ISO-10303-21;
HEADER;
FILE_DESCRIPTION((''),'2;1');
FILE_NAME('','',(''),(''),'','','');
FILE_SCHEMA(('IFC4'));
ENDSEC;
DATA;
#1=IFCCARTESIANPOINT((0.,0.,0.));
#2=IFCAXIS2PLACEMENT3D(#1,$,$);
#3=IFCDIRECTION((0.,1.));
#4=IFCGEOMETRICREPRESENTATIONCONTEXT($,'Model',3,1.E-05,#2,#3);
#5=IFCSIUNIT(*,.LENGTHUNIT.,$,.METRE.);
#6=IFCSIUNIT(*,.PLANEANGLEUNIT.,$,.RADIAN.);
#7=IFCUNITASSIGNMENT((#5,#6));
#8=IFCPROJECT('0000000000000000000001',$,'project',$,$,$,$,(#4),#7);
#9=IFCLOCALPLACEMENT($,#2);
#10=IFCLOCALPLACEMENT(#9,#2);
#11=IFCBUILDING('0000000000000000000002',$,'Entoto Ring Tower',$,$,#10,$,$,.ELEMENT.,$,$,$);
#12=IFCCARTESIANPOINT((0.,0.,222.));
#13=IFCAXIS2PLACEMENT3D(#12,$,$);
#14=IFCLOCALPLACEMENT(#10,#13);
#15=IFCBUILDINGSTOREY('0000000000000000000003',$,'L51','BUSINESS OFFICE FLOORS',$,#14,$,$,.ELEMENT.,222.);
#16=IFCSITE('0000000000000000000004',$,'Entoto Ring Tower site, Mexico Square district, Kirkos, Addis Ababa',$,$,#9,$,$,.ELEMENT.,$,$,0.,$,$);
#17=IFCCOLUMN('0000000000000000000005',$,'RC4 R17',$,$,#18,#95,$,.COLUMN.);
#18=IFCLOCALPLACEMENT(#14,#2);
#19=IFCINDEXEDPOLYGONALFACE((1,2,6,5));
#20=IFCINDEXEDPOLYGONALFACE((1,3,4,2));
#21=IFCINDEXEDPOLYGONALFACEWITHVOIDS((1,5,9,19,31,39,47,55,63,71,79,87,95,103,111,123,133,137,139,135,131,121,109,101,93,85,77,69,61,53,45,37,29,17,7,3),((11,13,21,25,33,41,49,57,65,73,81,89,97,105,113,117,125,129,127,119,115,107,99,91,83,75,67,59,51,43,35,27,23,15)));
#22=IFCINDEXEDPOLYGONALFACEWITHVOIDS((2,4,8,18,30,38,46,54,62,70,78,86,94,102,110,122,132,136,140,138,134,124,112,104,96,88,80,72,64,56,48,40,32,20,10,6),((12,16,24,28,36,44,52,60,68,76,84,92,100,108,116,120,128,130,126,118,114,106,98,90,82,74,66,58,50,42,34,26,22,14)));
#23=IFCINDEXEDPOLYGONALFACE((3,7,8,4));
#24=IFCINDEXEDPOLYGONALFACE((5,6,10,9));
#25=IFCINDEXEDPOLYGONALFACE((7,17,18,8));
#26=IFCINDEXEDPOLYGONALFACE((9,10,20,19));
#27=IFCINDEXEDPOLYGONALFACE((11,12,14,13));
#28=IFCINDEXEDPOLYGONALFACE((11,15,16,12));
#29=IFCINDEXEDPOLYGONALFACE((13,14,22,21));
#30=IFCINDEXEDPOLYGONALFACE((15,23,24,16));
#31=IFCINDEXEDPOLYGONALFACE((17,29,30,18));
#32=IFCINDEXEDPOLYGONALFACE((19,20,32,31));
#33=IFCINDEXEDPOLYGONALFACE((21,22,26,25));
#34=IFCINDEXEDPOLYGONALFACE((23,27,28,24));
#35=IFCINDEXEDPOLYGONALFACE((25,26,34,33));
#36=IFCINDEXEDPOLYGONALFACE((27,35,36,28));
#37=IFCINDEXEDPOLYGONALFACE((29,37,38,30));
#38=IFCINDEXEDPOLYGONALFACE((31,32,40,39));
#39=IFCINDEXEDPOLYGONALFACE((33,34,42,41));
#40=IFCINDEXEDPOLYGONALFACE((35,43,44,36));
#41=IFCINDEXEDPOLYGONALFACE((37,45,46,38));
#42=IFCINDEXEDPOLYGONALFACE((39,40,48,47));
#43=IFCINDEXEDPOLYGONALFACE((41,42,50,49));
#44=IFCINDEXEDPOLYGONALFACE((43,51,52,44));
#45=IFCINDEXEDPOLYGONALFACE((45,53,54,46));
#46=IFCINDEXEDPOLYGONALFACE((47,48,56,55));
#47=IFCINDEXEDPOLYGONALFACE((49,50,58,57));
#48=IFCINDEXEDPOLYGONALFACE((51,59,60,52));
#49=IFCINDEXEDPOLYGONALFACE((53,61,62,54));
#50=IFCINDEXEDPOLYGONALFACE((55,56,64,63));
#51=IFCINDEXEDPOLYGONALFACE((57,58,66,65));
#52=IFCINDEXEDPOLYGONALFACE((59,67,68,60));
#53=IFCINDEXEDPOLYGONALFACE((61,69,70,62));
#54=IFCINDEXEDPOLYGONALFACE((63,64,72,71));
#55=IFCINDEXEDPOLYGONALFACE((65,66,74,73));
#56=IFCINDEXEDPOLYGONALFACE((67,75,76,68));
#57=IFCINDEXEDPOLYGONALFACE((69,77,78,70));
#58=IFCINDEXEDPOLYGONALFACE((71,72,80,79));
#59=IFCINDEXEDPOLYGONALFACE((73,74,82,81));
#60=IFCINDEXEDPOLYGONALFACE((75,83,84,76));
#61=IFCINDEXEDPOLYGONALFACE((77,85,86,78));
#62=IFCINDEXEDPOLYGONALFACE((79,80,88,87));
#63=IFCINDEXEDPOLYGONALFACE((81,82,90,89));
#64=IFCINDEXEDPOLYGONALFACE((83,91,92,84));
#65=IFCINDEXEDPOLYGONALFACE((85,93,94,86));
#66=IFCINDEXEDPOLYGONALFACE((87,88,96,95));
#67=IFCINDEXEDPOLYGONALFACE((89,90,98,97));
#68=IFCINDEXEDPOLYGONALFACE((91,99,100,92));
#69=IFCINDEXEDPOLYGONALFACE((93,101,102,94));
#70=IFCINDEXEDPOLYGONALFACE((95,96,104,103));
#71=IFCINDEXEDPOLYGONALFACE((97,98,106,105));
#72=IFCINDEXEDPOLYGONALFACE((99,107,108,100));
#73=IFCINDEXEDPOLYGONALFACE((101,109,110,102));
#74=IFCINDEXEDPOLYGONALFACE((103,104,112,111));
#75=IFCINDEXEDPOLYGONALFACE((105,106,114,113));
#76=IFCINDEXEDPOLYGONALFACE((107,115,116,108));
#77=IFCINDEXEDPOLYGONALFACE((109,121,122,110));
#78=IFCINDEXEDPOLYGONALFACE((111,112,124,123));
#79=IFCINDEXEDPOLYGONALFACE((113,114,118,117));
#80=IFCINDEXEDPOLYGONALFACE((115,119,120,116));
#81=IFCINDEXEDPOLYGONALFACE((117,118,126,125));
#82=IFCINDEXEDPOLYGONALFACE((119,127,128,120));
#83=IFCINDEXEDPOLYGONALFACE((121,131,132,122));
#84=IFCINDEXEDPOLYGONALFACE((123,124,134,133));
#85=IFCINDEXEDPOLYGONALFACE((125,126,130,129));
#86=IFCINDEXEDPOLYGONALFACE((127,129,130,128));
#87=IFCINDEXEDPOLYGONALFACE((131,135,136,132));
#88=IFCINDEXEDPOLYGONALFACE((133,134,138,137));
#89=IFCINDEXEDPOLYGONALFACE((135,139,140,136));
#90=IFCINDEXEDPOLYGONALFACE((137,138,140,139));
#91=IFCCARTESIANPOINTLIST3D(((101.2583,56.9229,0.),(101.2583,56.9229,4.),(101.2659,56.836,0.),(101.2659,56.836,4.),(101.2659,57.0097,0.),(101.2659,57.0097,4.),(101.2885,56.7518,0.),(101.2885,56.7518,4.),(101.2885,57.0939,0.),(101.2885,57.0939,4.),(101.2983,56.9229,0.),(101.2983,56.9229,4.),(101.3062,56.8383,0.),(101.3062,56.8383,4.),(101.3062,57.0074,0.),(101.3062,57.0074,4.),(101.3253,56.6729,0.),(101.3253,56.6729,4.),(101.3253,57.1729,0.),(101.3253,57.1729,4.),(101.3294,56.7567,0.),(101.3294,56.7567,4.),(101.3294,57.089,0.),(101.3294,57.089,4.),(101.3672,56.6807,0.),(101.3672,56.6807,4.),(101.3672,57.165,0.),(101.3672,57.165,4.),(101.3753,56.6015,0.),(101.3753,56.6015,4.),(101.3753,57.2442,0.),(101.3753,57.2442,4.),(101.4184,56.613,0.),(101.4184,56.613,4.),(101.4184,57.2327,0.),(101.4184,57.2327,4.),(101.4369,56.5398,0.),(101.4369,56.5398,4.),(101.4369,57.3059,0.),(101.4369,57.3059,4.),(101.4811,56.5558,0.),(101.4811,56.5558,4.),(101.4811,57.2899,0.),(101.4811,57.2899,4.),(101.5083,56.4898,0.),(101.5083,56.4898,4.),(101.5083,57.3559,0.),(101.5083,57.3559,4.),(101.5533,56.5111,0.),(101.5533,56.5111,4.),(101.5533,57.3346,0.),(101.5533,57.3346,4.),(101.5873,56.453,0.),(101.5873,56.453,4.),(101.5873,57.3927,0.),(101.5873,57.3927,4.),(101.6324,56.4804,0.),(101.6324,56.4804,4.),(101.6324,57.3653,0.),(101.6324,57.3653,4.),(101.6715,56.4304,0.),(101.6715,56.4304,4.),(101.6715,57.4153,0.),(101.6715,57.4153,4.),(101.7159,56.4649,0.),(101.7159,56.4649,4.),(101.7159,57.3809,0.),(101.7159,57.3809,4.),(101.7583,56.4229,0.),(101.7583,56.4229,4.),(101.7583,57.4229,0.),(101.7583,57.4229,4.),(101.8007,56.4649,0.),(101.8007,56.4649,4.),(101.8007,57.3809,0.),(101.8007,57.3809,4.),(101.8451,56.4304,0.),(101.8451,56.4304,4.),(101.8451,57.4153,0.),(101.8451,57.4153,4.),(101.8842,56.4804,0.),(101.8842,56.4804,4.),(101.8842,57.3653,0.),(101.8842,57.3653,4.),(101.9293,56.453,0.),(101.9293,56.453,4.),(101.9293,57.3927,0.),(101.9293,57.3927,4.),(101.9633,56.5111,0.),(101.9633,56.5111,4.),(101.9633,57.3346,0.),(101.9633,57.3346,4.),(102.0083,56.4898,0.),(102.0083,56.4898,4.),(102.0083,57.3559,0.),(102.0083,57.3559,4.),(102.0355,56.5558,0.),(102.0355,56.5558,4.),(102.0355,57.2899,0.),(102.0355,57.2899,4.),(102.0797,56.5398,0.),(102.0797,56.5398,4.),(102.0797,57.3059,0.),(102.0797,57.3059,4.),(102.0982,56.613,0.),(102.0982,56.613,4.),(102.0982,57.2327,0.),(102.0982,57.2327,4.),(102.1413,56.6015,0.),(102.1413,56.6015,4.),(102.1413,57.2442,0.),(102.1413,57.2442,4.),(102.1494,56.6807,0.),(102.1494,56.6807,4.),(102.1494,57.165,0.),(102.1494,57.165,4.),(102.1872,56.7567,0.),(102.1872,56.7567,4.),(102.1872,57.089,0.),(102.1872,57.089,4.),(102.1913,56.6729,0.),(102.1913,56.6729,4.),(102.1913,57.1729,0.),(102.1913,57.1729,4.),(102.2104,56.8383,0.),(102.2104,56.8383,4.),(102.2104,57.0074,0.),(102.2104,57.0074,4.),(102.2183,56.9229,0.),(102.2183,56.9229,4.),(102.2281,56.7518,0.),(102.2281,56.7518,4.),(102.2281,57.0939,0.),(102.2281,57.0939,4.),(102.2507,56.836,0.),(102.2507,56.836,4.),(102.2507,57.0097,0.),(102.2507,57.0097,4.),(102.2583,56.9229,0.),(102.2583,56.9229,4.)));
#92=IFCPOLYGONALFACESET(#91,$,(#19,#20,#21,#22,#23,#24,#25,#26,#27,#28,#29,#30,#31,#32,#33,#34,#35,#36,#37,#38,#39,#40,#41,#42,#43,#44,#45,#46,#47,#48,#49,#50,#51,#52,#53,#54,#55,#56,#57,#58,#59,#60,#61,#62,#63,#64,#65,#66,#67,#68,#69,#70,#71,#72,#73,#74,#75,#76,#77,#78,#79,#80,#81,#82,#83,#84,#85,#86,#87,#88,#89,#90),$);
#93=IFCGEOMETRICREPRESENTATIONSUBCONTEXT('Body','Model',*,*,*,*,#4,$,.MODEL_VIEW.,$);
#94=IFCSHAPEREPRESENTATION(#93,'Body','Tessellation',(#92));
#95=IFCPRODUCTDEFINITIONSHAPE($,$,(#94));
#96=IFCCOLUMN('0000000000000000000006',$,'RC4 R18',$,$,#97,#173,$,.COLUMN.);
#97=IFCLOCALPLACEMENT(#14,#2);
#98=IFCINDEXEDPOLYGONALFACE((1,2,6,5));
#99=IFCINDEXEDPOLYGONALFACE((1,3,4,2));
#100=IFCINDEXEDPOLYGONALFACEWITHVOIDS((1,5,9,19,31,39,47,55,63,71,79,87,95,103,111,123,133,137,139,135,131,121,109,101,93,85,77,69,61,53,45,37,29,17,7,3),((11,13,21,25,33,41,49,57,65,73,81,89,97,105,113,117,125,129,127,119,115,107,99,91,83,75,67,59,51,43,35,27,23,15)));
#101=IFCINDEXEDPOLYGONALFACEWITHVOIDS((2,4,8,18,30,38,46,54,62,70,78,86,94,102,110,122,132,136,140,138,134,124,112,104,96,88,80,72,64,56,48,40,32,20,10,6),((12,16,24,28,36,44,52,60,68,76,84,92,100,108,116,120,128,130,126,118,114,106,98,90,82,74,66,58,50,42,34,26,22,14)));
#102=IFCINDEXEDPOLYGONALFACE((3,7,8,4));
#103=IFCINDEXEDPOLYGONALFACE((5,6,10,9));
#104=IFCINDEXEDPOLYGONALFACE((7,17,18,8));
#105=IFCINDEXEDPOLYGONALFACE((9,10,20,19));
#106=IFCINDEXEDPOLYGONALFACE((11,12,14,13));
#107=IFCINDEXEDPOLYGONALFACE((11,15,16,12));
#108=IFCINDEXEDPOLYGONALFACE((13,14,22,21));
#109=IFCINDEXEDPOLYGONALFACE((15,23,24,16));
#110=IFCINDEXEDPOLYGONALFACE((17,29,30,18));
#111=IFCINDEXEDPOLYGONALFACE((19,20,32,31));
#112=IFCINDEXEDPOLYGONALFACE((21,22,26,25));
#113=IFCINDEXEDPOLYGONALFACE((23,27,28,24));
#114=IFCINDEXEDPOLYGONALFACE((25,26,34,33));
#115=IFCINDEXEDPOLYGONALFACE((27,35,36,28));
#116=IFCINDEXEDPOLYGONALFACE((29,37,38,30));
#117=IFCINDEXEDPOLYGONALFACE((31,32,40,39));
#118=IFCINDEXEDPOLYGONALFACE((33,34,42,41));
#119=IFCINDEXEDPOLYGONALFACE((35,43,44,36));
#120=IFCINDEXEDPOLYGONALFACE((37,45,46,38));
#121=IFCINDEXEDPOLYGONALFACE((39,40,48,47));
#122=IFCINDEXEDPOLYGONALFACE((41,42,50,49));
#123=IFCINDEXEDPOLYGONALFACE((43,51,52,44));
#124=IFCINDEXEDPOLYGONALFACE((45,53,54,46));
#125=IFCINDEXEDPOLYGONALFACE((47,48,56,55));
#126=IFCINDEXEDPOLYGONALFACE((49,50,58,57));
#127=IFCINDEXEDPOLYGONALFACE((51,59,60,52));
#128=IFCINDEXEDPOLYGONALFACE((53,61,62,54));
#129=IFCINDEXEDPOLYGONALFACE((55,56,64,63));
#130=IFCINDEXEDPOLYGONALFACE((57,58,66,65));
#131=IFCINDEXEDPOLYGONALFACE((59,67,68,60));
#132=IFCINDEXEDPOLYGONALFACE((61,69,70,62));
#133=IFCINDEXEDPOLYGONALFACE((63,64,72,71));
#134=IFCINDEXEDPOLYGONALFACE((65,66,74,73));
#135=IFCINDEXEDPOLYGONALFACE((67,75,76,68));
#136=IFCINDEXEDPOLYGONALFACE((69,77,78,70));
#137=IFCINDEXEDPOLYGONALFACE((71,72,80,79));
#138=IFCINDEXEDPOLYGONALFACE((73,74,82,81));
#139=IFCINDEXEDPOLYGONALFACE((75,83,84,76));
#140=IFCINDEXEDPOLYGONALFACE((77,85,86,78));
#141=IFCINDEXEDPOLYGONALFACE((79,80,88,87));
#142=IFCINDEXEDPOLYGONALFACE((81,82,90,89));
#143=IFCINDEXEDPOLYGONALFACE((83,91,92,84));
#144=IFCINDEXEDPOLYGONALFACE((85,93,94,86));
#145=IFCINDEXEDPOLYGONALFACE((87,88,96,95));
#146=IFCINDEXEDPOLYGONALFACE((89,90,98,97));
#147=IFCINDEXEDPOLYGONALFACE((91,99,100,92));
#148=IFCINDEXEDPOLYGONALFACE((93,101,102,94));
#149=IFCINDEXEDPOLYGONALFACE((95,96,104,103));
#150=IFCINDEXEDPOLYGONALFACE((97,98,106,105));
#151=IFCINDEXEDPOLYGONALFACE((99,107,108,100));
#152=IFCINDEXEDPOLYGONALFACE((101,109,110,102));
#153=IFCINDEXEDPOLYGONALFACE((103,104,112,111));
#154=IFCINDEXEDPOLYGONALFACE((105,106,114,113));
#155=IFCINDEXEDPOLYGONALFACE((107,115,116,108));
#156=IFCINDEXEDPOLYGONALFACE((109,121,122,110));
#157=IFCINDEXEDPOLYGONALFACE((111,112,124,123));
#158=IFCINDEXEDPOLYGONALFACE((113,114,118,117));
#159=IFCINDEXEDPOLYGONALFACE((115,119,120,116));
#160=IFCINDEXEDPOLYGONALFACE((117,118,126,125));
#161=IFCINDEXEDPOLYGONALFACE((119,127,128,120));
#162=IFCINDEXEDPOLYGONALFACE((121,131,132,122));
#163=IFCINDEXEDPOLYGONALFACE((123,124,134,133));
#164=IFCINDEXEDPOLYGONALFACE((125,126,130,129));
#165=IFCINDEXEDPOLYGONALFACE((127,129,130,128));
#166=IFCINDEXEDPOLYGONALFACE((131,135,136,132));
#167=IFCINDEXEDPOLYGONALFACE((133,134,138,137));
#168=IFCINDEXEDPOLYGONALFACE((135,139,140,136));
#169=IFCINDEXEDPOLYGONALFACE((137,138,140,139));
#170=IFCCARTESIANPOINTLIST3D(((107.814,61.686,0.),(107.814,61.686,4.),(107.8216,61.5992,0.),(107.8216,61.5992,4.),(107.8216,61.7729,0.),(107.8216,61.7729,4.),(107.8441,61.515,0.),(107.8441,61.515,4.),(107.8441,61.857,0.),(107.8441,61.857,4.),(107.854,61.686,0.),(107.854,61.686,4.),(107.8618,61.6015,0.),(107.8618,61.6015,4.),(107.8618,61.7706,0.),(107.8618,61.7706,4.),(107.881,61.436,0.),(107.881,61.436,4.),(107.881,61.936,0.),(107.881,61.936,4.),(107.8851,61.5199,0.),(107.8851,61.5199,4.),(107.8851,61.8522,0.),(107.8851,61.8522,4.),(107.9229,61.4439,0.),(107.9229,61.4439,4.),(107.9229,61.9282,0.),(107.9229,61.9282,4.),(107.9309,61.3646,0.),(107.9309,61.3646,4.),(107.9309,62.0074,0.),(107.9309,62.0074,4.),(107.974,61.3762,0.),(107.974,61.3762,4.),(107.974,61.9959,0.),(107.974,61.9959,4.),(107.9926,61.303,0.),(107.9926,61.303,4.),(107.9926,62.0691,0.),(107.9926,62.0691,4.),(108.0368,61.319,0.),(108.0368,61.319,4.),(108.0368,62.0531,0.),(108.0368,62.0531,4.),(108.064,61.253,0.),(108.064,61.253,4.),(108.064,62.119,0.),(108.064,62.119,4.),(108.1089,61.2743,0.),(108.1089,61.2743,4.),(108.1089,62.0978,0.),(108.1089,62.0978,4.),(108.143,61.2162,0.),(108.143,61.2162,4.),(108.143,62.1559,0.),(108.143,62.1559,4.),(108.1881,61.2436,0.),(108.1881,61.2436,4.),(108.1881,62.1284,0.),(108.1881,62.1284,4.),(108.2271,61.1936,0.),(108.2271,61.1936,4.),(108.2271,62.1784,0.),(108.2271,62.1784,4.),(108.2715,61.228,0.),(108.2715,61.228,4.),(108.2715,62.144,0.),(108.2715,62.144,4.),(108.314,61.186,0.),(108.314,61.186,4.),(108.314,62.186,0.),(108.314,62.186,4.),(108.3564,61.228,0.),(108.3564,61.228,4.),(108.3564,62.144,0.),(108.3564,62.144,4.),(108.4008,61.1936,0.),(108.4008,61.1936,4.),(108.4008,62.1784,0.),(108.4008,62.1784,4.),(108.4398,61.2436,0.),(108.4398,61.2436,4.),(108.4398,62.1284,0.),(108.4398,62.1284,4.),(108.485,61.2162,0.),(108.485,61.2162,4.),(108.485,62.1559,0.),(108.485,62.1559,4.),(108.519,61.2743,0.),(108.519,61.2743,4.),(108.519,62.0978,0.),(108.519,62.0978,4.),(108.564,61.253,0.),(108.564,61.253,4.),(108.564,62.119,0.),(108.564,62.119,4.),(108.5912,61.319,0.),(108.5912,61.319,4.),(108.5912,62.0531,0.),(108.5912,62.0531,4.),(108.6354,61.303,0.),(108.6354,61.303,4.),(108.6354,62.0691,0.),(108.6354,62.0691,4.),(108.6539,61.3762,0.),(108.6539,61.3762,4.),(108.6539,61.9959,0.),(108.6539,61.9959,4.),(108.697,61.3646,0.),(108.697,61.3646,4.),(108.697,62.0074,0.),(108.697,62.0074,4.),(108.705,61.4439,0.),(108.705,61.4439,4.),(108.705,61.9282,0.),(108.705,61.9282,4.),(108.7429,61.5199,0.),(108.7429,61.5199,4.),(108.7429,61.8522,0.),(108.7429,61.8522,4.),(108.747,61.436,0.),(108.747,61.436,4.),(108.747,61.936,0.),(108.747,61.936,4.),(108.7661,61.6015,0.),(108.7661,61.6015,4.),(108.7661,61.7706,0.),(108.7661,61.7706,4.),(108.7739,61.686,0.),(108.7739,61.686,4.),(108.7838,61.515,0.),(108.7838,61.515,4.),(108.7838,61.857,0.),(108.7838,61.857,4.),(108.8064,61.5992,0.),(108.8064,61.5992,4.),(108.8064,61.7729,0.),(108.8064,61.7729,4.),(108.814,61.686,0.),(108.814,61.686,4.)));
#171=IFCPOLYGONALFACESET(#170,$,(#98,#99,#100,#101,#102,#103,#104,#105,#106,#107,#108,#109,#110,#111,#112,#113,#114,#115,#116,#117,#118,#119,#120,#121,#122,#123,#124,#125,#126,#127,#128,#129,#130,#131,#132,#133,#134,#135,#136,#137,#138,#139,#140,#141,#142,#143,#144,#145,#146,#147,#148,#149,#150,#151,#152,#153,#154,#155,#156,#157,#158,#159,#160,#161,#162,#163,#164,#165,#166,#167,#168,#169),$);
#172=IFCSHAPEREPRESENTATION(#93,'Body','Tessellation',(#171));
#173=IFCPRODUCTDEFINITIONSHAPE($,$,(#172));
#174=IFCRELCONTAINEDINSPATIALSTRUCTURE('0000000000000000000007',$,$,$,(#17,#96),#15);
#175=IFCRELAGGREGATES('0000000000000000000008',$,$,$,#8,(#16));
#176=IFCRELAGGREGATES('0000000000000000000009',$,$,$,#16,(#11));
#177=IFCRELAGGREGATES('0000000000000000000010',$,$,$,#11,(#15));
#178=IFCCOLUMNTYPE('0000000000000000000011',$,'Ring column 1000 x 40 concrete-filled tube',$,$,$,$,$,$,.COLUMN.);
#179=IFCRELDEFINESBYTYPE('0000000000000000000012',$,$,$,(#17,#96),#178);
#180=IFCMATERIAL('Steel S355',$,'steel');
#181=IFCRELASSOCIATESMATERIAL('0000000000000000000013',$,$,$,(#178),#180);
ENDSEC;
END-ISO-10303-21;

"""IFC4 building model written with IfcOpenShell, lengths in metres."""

from ifc_helpers import new_model, si_unit, direction, frame, origin, origin_2d, place, context, subcontext, project, spatial, circle, hollow_circle, extrude, material, material_profile, profile_set, type_object, element, save


model = new_model("IFC4")

# Units and contexts
model_context = context("Model", 3, precision=1e-05, world=origin(), true_north=direction((0.0, 1.0)))
body_context = subcontext(model_context, "Body", "Model", "MODEL_VIEW")
ifc_project = project(units=[si_unit("LENGTHUNIT", "METRE"), si_unit("PLANEANGLEUNIT", "RADIAN")], contexts=[model_context])

# Site, building, storey
site_placement = place(None, origin())
site = spatial("IfcSite", under=ifc_project, at=site_placement, Name="Entoto Ring Tower site, Mexico Square district, Kirkos, Addis Ababa", CompositionType="ELEMENT", RefElevation=0.0)
building_placement = place(site_placement, origin())
building = spatial("IfcBuilding", under=site, at=building_placement, Name="Entoto Ring Tower", CompositionType="ELEMENT")
storey_placement = place(building_placement, frame((0.0, 0.0, 222.0)))
storey = spatial("IfcBuildingStorey", under=building, at=storey_placement, Name="L51", Description="BUSINESS OFFICE FLOORS", CompositionType="ELEMENT", Elevation=222.0)

# Columns
ifc_material_1 = material(Name="Steel S355", Category="steel")
ifc_material_profile_1 = material_profile(ifc_material_1, hollow_circle(Radius=0.5, WallThickness=0.04, at=origin_2d()), Name="CHS 1000 x 40")
ifc_material_2 = material(Name="Concrete C60/75", Category="concrete")
ifc_material_profile_2 = material_profile(ifc_material_2, circle(Radius=0.46, at=origin_2d()), Name="Concrete C60/75 infill")
ifc_profile_set_1 = profile_set([ifc_material_profile_1, ifc_material_profile_2], Name="Steel S355")
column_type = type_object("IfcColumnType", Name="Ring column 1000 x 40 concrete-filled tube", PredefinedType="COLUMN", material=ifc_profile_set_1)
for number, where, z_axis, x_axis, name in (
    (1, (101.7583, 56.9229, 0.0), (0.0, 0.0, 1.0), (1.0, 0.0, 0.0), "RC4 R17"),
    (2, (108.314, 61.686, 0.0), (0.0, 0.0, 1.0), (1.0, 0.0, 0.0), "RC4 R18"),
):
    element("IfcColumn", number, at=place(storey_placement, frame(where, z_axis=z_axis, x_axis=x_axis)), inside=storey, type_object=column_type, Name=name, PredefinedType="COLUMN", context=body_context, shape_type="SweptSolid", body=[
        extrude(hollow_circle(Radius=0.5, WallThickness=0.04, at=origin_2d()), origin(), (0.0, 0.0, 1.0), 4.0),
    ])

save(model, "model.ifc")
